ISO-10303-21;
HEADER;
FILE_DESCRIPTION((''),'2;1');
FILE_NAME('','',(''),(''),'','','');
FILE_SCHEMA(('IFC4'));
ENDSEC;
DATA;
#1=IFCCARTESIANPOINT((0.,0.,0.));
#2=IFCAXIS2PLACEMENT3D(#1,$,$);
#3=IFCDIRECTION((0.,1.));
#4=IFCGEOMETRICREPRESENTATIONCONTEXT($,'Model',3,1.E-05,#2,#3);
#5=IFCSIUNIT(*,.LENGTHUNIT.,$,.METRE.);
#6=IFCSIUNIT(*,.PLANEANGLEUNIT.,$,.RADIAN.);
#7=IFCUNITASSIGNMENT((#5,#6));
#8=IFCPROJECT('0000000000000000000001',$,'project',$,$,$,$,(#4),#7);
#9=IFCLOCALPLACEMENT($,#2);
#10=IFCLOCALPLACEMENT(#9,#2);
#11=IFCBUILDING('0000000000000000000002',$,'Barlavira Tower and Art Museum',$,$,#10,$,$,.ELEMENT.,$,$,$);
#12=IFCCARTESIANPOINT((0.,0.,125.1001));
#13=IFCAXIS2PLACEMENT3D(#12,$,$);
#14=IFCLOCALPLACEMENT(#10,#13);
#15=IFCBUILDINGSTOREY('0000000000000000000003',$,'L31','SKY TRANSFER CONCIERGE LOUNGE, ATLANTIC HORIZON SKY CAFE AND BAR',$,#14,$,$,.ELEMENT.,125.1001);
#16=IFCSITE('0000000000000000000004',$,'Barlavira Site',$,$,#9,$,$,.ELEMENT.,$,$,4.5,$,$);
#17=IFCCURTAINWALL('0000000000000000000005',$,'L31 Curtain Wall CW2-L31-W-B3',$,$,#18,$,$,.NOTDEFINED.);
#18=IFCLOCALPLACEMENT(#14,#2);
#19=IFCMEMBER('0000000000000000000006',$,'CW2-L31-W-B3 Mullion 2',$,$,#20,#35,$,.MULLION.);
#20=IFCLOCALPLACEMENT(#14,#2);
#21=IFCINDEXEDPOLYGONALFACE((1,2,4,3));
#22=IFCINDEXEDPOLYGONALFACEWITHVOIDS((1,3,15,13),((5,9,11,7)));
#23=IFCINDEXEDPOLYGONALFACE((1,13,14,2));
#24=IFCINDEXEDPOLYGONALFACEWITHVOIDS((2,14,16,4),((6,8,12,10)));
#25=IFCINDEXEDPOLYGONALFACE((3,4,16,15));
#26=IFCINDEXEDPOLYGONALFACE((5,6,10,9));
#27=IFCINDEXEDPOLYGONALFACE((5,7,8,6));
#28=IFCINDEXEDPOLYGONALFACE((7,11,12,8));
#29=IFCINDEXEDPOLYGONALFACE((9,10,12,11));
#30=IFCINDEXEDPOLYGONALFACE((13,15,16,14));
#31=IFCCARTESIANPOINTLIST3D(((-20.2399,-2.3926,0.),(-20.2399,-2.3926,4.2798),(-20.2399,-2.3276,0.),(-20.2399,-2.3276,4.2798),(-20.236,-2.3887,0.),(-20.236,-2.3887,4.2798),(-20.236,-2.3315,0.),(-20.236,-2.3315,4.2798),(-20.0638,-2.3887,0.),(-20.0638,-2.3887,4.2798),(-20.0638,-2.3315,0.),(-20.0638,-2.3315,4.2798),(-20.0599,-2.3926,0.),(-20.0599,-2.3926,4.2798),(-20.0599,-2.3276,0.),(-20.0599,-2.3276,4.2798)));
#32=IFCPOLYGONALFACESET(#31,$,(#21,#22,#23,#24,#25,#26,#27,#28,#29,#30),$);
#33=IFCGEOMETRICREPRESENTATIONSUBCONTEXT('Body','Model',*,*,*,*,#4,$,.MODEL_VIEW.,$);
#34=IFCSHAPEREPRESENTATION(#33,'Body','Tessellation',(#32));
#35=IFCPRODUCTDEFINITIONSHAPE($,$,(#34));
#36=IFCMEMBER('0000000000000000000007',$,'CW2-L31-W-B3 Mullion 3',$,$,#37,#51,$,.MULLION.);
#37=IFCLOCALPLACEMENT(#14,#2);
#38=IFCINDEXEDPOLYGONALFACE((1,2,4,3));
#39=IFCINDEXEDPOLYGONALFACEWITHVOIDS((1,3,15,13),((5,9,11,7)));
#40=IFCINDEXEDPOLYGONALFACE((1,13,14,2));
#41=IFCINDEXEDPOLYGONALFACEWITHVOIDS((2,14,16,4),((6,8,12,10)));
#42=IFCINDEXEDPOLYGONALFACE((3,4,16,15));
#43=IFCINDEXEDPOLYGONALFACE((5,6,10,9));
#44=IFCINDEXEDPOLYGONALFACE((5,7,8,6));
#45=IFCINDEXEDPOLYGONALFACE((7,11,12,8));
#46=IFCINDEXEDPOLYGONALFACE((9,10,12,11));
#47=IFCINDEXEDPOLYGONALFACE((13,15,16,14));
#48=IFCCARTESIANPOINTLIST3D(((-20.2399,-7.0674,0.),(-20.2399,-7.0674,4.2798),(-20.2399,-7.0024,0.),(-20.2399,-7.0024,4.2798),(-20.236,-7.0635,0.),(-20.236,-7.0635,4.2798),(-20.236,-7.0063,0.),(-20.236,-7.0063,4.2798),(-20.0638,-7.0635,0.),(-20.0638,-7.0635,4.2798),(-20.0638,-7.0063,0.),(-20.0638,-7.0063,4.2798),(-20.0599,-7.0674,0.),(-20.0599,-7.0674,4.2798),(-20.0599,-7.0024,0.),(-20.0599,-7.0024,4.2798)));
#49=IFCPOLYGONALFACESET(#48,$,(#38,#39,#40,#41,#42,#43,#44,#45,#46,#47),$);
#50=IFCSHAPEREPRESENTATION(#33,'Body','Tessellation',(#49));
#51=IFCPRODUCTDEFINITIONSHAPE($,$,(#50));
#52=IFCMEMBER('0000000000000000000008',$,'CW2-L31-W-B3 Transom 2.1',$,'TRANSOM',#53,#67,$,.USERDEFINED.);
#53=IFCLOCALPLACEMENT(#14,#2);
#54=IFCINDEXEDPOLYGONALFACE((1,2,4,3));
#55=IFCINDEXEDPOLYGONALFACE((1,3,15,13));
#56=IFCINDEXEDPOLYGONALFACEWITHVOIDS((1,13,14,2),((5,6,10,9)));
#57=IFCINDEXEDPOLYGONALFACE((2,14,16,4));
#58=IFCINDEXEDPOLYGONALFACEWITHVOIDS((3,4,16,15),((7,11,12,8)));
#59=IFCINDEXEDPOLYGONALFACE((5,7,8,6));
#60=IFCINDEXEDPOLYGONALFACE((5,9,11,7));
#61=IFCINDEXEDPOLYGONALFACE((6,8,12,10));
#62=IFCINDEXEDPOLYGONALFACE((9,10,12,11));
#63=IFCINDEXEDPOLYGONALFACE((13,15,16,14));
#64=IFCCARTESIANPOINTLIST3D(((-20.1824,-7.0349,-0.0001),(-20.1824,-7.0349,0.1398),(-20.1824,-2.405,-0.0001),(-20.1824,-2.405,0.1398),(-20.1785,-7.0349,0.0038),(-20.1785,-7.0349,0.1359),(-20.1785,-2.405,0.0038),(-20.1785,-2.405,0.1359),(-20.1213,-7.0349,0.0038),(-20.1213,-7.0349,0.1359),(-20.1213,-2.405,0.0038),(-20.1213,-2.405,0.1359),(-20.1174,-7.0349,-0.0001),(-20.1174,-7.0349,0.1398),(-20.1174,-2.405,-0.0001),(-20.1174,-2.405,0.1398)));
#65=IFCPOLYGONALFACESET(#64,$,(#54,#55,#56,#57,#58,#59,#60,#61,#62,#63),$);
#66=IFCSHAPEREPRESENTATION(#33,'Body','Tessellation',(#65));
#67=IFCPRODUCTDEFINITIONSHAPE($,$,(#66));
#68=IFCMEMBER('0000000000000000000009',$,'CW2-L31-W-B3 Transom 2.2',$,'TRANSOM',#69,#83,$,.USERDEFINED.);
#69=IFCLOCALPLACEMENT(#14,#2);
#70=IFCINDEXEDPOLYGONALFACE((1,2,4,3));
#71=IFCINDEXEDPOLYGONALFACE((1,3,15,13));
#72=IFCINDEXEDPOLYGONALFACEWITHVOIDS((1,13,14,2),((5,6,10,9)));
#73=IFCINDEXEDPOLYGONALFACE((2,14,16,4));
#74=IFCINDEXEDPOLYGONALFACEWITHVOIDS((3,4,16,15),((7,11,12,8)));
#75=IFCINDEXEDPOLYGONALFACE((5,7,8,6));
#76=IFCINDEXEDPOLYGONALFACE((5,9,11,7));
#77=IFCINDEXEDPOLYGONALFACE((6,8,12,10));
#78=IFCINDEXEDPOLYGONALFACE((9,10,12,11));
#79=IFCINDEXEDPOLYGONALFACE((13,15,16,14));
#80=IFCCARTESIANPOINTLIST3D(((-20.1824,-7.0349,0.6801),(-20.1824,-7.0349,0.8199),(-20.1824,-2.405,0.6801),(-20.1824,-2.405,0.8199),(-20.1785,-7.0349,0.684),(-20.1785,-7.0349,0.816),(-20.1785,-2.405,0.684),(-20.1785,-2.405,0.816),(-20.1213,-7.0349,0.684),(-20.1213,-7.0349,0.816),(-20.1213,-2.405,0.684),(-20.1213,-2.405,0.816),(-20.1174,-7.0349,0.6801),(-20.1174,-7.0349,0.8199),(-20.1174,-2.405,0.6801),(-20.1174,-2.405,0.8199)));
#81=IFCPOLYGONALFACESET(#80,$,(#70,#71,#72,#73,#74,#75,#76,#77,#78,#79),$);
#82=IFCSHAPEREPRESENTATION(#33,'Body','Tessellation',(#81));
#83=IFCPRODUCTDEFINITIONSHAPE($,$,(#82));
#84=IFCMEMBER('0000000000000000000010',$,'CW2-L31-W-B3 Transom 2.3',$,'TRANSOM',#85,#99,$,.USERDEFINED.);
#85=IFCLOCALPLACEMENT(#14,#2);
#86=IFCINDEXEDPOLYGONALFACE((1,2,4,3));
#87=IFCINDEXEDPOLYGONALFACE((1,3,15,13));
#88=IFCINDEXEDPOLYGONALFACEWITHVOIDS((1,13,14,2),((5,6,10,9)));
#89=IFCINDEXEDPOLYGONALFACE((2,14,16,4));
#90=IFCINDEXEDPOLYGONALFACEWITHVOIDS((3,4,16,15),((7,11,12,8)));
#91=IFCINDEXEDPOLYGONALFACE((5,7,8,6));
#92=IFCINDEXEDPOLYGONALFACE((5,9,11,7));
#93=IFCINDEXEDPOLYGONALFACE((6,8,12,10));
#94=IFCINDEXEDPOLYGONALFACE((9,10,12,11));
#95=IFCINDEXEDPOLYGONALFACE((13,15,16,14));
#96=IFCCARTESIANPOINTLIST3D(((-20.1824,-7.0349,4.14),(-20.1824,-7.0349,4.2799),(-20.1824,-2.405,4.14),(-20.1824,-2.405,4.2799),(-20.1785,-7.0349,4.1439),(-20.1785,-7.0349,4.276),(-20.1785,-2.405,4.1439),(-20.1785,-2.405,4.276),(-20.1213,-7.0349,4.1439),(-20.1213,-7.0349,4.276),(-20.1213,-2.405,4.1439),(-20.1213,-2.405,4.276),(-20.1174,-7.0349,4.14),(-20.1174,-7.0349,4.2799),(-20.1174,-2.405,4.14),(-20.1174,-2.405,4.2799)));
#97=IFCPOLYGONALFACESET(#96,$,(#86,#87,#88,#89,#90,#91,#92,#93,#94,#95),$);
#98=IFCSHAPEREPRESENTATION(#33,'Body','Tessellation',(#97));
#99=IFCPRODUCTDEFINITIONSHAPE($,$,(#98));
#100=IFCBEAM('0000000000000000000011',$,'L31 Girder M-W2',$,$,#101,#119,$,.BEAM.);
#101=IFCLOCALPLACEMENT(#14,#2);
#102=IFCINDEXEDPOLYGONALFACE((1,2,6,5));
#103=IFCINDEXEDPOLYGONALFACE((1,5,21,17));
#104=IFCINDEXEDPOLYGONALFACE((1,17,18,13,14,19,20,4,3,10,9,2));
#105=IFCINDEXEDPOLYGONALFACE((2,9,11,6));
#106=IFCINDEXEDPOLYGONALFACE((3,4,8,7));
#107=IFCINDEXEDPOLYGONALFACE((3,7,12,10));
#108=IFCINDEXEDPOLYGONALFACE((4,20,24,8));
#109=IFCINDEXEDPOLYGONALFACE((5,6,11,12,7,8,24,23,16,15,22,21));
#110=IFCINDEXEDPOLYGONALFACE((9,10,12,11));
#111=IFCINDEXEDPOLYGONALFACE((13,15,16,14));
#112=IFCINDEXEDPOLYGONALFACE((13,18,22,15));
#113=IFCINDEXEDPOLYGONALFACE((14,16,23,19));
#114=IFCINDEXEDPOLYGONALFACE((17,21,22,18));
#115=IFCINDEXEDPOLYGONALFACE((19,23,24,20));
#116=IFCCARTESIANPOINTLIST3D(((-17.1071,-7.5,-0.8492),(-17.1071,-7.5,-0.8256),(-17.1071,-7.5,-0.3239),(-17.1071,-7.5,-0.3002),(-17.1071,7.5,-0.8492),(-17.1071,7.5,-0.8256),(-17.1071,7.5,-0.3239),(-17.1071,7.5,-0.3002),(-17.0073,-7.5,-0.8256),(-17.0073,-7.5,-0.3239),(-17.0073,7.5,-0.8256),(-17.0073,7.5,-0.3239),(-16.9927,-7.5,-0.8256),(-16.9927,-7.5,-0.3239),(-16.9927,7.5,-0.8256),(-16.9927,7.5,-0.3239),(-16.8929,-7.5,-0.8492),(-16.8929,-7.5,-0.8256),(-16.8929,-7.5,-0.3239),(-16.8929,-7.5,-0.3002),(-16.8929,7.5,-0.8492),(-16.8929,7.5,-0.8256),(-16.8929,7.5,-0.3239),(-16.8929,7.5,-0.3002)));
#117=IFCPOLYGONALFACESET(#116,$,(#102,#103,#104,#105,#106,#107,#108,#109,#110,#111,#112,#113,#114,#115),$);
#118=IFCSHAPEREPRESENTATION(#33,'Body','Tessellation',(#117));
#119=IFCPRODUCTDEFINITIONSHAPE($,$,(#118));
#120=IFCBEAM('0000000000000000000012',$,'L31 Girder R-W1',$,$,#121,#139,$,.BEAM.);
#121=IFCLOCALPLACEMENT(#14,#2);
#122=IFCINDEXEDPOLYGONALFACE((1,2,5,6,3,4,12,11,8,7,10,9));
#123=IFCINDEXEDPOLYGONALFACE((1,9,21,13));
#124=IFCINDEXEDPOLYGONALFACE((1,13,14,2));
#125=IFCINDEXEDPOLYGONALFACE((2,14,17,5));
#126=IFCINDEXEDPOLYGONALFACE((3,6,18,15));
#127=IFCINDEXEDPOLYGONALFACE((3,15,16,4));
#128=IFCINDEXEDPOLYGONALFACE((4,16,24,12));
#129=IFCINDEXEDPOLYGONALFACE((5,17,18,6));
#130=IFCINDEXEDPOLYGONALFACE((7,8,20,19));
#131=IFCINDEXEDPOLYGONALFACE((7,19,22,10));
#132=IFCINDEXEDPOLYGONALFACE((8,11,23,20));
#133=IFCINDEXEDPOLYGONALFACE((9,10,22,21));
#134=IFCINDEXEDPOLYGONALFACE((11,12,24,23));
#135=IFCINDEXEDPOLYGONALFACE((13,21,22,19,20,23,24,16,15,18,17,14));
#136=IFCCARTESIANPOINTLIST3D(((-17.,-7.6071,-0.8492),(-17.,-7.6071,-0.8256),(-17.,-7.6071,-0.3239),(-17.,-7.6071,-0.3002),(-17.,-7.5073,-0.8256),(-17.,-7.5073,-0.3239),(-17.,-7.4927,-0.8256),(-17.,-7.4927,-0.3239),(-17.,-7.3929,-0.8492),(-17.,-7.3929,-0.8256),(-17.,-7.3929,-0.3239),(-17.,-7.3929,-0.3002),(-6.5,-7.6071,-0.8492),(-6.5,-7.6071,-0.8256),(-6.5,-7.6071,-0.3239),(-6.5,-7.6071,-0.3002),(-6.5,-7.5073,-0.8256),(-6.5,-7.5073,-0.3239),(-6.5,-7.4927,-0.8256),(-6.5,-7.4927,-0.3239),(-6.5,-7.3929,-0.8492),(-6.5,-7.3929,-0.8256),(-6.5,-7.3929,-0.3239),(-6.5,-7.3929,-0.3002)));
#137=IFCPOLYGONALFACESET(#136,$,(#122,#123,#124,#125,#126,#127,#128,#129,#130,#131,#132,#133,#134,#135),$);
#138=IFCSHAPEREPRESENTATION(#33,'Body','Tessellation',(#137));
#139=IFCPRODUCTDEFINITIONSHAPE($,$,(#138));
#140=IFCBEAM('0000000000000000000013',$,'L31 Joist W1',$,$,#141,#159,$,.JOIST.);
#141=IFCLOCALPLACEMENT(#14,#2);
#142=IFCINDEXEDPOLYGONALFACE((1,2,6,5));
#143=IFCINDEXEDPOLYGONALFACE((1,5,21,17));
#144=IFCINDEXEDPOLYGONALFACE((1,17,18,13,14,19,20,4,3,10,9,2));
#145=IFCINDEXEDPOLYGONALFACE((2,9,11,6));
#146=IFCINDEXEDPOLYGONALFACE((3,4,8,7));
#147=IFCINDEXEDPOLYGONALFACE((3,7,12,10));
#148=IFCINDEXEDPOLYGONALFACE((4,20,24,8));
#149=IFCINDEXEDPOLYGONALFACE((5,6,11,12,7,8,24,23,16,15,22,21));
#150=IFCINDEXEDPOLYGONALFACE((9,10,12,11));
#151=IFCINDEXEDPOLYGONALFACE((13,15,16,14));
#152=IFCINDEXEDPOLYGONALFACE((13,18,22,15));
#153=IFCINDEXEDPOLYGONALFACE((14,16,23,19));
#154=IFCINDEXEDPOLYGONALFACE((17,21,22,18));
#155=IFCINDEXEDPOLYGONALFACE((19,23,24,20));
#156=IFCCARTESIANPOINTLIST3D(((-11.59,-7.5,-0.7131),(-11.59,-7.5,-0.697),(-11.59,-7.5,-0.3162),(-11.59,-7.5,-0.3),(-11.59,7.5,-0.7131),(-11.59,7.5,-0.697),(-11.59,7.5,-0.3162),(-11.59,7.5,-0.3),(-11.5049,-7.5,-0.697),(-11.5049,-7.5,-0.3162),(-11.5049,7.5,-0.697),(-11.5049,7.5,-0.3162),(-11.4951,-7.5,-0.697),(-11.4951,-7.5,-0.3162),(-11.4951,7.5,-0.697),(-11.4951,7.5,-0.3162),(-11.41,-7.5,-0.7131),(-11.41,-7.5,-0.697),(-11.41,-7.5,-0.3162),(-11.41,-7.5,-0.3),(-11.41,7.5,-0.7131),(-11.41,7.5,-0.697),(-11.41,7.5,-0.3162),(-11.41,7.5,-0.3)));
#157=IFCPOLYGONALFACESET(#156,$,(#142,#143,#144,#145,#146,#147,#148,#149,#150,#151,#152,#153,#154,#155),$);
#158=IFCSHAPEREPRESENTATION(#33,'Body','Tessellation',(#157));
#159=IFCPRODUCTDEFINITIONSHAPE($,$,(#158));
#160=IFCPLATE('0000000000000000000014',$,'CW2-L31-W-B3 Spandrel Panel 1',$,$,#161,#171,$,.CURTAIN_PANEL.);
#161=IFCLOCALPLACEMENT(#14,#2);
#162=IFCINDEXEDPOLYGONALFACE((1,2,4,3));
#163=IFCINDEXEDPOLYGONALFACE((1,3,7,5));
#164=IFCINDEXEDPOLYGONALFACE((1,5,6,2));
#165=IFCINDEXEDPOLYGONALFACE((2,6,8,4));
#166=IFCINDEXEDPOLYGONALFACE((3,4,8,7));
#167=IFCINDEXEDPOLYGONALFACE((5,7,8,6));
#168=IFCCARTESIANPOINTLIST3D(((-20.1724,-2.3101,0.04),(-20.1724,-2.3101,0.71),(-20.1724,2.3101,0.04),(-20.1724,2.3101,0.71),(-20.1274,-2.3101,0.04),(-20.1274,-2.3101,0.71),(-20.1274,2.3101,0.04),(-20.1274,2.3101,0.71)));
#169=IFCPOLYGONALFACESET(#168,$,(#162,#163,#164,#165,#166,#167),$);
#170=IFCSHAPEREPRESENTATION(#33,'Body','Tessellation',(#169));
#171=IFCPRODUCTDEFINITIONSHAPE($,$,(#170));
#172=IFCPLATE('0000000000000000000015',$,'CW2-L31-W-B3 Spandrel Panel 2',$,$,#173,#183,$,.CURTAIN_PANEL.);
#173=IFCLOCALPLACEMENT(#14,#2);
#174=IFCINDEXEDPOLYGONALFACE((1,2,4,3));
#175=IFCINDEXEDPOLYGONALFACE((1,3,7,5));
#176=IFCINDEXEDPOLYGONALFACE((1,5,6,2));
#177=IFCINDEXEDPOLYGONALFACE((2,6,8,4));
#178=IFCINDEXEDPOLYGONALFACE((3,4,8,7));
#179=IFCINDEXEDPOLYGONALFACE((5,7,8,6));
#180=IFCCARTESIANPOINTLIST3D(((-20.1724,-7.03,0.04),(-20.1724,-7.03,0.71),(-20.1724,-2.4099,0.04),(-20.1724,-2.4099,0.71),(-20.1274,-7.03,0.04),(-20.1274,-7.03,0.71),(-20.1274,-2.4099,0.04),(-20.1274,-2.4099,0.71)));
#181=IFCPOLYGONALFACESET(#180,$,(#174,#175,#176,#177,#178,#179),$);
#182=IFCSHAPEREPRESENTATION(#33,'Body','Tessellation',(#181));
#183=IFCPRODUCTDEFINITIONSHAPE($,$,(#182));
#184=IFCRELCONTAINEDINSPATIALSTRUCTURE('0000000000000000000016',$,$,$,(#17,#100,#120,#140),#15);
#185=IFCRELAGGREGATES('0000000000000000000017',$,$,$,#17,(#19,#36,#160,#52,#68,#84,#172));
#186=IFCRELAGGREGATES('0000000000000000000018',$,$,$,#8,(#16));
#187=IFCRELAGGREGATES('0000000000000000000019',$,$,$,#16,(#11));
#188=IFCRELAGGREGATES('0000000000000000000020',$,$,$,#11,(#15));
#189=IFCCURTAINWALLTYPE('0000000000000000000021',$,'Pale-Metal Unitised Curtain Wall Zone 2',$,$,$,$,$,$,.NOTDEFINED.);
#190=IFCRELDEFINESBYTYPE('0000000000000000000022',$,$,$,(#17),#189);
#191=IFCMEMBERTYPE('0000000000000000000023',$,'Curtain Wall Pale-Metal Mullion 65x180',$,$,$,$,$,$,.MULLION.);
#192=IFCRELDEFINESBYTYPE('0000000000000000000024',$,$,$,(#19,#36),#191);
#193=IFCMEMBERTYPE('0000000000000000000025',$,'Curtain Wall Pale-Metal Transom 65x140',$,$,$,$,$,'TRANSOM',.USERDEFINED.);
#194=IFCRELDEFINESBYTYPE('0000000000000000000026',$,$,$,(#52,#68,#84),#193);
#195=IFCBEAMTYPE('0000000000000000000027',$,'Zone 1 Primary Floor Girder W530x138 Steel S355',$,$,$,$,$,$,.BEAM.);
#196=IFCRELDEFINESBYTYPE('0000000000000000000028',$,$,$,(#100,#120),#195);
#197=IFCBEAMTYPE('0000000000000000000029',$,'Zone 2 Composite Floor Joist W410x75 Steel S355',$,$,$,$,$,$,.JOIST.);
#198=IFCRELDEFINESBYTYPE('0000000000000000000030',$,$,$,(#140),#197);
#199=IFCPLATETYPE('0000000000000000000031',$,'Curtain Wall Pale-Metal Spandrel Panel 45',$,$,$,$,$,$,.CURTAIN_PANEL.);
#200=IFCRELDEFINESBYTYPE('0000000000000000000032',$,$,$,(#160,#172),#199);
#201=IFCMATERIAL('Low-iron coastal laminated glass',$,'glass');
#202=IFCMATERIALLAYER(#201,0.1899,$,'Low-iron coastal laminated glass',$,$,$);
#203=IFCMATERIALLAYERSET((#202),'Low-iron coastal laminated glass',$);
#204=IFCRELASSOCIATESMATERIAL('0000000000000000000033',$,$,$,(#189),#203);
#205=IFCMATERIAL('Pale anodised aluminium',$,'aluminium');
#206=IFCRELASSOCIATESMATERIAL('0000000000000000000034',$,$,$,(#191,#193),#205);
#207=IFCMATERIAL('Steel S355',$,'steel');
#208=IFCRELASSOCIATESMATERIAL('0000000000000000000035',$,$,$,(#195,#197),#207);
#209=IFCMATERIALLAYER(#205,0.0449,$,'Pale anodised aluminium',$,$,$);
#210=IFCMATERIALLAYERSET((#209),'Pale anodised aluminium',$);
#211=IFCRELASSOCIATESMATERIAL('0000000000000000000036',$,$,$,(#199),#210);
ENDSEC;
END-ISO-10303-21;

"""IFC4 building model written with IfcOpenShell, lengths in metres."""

from ifc_helpers import new_model, si_unit, direction, frame, origin, origin_2d, place, context, subcontext, project, spatial, rectangle, hollow_rectangle, i_section, extrude, material, layer, layer_set, material_profile, profile_set, type_object, element, aggregate, save


model = new_model("IFC4")

# Units and contexts
model_context = context("Model", 3, precision=1e-05, world=origin(), true_north=direction((0.0, 1.0)))
body_context = subcontext(model_context, "Body", "Model", "MODEL_VIEW")
ifc_project = project(units=[si_unit("LENGTHUNIT", "METRE"), si_unit("PLANEANGLEUNIT", "RADIAN")], contexts=[model_context])

# Site, building, storey
site_placement = place(None, origin())
site = spatial("IfcSite", under=ifc_project, at=site_placement, Name="Barlavira Site", CompositionType="ELEMENT", RefElevation=4.5)
building_placement = place(site_placement, origin())
building = spatial("IfcBuilding", under=site, at=building_placement, Name="Barlavira Tower and Art Museum", CompositionType="ELEMENT")
storey_placement = place(building_placement, frame((0.0, 0.0, 125.1001)))
storey = spatial("IfcBuildingStorey", under=building, at=storey_placement, Name="L31", Description="SKY TRANSFER CONCIERGE LOUNGE, ATLANTIC HORIZON SKY CAFE AND BAR", CompositionType="ELEMENT", Elevation=125.1001)

# Curtain wall, members
ifc_material_1 = material(Name="Low-iron coastal laminated glass", Category="glass")
ifc_layer_1 = layer(ifc_material_1, 0.1899, Name="Low-iron coastal laminated glass")
ifc_layer_set_1 = layer_set([ifc_layer_1], Name="Low-iron coastal laminated glass")
curtain_wall_type = type_object("IfcCurtainWallType", Name="Pale-Metal Unitised Curtain Wall Zone 2", PredefinedType="NOTDEFINED", material=ifc_layer_set_1)
curtain_wall_placement = place(storey_placement, origin())
curtain_wall = element("IfcCurtainWall", 1, at=curtain_wall_placement, inside=storey, type_object=curtain_wall_type, Name="L31 Curtain Wall CW2-L31-W-B3", PredefinedType="NOTDEFINED")
ifc_material_2 = material(Name="Pale anodised aluminium", Category="aluminium")
ifc_material_profile_1 = material_profile(ifc_material_2, hollow_rectangle(XDim=0.0649, YDim=0.1799, WallThickness=0.0039, at=origin_2d()), Name="ALU-MULL 65x180x4")
ifc_profile_set_1 = profile_set([ifc_material_profile_1], Name="Pale anodised aluminium")
member_type_1 = type_object("IfcMemberType", Name="Curtain Wall Pale-Metal Mullion 65x180", PredefinedType="MULLION", material=ifc_profile_set_1)
member_1_placement = place(storey_placement, frame((-20.1499, -2.3601, 0.0), z_axis=(0.0, 0.0, 1.0), x_axis=(0.0, -1.0, 0.0)))
member_1 = element("IfcMember", 2, at=member_1_placement, type_object=member_type_1, Name="CW2-L31-W-B3 Mullion 2", PredefinedType="MULLION", context=body_context, shape_type="SweptSolid", body=[
    extrude(hollow_rectangle(XDim=0.0649, YDim=0.1799, WallThickness=0.0039, at=origin_2d()), origin(), (0.0, 0.0, 1.0), 4.2798),
])
member_2_placement = place(storey_placement, frame((-20.1499, -7.0349, 0.0), z_axis=(0.0, 0.0, 1.0), x_axis=(0.0, -1.0, 0.0)))
member_2 = element("IfcMember", 3, at=member_2_placement, type_object=member_type_1, Name="CW2-L31-W-B3 Mullion 3", PredefinedType="MULLION", context=body_context, shape_type="SweptSolid", body=[
    extrude(hollow_rectangle(XDim=0.0649, YDim=0.1799, WallThickness=0.0039, at=origin_2d()), origin(), (0.0, 0.0, 1.0), 4.2798),
])
ifc_material_profile_2 = material_profile(ifc_material_2, hollow_rectangle(XDim=0.0649, YDim=0.1399, WallThickness=0.0039, at=origin_2d()), Name="ALU-TRAN 65x140x4")
ifc_profile_set_2 = profile_set([ifc_material_profile_2], Name="Pale anodised aluminium")
member_type_2 = type_object("IfcMemberType", Name="Curtain Wall Pale-Metal Transom 65x140", ElementType="TRANSOM", PredefinedType="USERDEFINED", material=ifc_profile_set_2)
member_3_placement = place(storey_placement, frame((-20.1499, -2.405, 0.0698), z_axis=(0.0, -1.0, 0.0), x_axis=(1.0, 0.0, 0.0)))
member_3 = element("IfcMember", 4, at=member_3_placement, type_object=member_type_2, Name="CW2-L31-W-B3 Transom 2.1", ObjectType="TRANSOM", PredefinedType="USERDEFINED", context=body_context, shape_type="SweptSolid", body=[
    extrude(hollow_rectangle(XDim=0.0649, YDim=0.1399, WallThickness=0.0039, at=origin_2d()), origin(), (0.0, 0.0, 1.0), 4.6299),
])
member_4_placement = place(storey_placement, frame((-20.1499, -2.405, 0.75), z_axis=(0.0, -1.0, 0.0), x_axis=(1.0, 0.0, 0.0)))
member_4 = element("IfcMember", 5, at=member_4_placement, type_object=member_type_2, Name="CW2-L31-W-B3 Transom 2.2", ObjectType="TRANSOM", PredefinedType="USERDEFINED", context=body_context, shape_type="SweptSolid", body=[
    extrude(hollow_rectangle(XDim=0.0649, YDim=0.1399, WallThickness=0.0039, at=origin_2d()), origin(), (0.0, 0.0, 1.0), 4.6299),
])
member_5_placement = place(storey_placement, frame((-20.1499, -2.405, 4.21), z_axis=(0.0, -1.0, 0.0), x_axis=(1.0, 0.0, 0.0)))
member_5 = element("IfcMember", 6, at=member_5_placement, type_object=member_type_2, Name="CW2-L31-W-B3 Transom 2.3", ObjectType="TRANSOM", PredefinedType="USERDEFINED", context=body_context, shape_type="SweptSolid", body=[
    extrude(hollow_rectangle(XDim=0.0649, YDim=0.1399, WallThickness=0.0039, at=origin_2d()), origin(), (0.0, 0.0, 1.0), 4.6299),
])

# Beams
ifc_material_3 = material(Name="Steel S355", Category="steel")
ifc_material_profile_3 = material_profile(ifc_material_3, i_section(OverallWidth=0.2141, OverallDepth=0.5491, WebThickness=0.0146, FlangeThickness=0.0237, at=origin_2d()), Name="W530x138.0")
ifc_profile_set_3 = profile_set([ifc_material_profile_3], Name="Steel S355")
beam_type_1 = type_object("IfcBeamType", Name="Zone 1 Primary Floor Girder W530x138 Steel S355", PredefinedType="BEAM", material=ifc_profile_set_3)
beam_1_placement = place(storey_placement, frame((-17.0, -7.5, -0.5747), z_axis=(0.0, 1.0, 0.0), x_axis=(-1.0, 0.0, 0.0)))
element("IfcBeam", 7, at=beam_1_placement, inside=storey, type_object=beam_type_1, Name="L31 Girder M-W2", PredefinedType="BEAM", context=body_context, shape_type="SweptSolid", body=[
    extrude(i_section(OverallWidth=0.2141, OverallDepth=0.5491, WebThickness=0.0146, FlangeThickness=0.0237, at=origin_2d()), origin(), (0.0, 0.0, 1.0), 15.0),
])
beam_2_placement = place(storey_placement, frame((-17.0, -7.5, -0.5747), z_axis=(1.0, 0.0, 0.0), x_axis=(0.0, 1.0, 0.0)))
element("IfcBeam", 8, at=beam_2_placement, inside=storey, type_object=beam_type_1, Name="L31 Girder R-W1", PredefinedType="BEAM", context=body_context, shape_type="SweptSolid", body=[
    extrude(i_section(OverallWidth=0.2141, OverallDepth=0.5491, WebThickness=0.0146, FlangeThickness=0.0237, at=origin_2d()), origin(), (0.0, 0.0, 1.0), 10.5),
])
ifc_material_profile_4 = material_profile(ifc_material_3, i_section(OverallWidth=0.1799, OverallDepth=0.4131, WebThickness=0.0098, FlangeThickness=0.0161, at=origin_2d()), Name="W410x75.0")
ifc_profile_set_4 = profile_set([ifc_material_profile_4], Name="Steel S355")
beam_type_2 = type_object("IfcBeamType", Name="Zone 2 Composite Floor Joist W410x75 Steel S355", PredefinedType="JOIST", material=ifc_profile_set_4)
beam_3_placement = place(storey_placement, frame((-11.5, -7.5, -0.5066), z_axis=(0.0, 1.0, 0.0), x_axis=(-1.0, 0.0, 0.0)))
element("IfcBeam", 9, at=beam_3_placement, inside=storey, type_object=beam_type_2, Name="L31 Joist W1", PredefinedType="JOIST", context=body_context, shape_type="SweptSolid", body=[
    extrude(i_section(OverallWidth=0.1799, OverallDepth=0.4131, WebThickness=0.0098, FlangeThickness=0.0161, at=origin_2d()), origin(), (0.0, 0.0, 1.0), 15.0),
])

# Plates
ifc_layer_2 = layer(ifc_material_2, 0.0449, Name="Pale anodised aluminium")
ifc_layer_set_2 = layer_set([ifc_layer_2], Name="Pale anodised aluminium")
plate_type_1 = type_object("IfcPlateType", Name="Curtain Wall Pale-Metal Spandrel Panel 45", PredefinedType="CURTAIN_PANEL", material=ifc_layer_set_2)
plate_1_placement = place(storey_placement, frame((-20.1499, 0.0, 0.04), z_axis=(0.0, 0.0, 1.0), x_axis=(0.0, -1.0, 0.0)))
plate_1 = element("IfcPlate", 10, at=plate_1_placement, type_object=plate_type_1, Name="CW2-L31-W-B3 Spandrel Panel 1", PredefinedType="CURTAIN_PANEL", context=body_context, shape_type="SweptSolid", body=[
    extrude(rectangle(XDim=4.6201, YDim=0.0449, at=origin_2d()), origin(), (0.0, 0.0, 1.0), 0.6699),
])
plate_2_placement = place(storey_placement, frame((-20.1499, -4.72, 0.04), z_axis=(0.0, 0.0, 1.0), x_axis=(0.0, -1.0, 0.0)))
plate_2 = element("IfcPlate", 11, at=plate_2_placement, type_object=plate_type_1, Name="CW2-L31-W-B3 Spandrel Panel 2", PredefinedType="CURTAIN_PANEL", context=body_context, shape_type="SweptSolid", body=[
    extrude(rectangle(XDim=4.6201, YDim=0.0449, at=origin_2d()), origin(), (0.0, 0.0, 1.0), 0.6699),
])
aggregate(curtain_wall, [member_1, member_2, plate_1, member_3, member_4, member_5, plate_2])

save(model, "model.ifc")
